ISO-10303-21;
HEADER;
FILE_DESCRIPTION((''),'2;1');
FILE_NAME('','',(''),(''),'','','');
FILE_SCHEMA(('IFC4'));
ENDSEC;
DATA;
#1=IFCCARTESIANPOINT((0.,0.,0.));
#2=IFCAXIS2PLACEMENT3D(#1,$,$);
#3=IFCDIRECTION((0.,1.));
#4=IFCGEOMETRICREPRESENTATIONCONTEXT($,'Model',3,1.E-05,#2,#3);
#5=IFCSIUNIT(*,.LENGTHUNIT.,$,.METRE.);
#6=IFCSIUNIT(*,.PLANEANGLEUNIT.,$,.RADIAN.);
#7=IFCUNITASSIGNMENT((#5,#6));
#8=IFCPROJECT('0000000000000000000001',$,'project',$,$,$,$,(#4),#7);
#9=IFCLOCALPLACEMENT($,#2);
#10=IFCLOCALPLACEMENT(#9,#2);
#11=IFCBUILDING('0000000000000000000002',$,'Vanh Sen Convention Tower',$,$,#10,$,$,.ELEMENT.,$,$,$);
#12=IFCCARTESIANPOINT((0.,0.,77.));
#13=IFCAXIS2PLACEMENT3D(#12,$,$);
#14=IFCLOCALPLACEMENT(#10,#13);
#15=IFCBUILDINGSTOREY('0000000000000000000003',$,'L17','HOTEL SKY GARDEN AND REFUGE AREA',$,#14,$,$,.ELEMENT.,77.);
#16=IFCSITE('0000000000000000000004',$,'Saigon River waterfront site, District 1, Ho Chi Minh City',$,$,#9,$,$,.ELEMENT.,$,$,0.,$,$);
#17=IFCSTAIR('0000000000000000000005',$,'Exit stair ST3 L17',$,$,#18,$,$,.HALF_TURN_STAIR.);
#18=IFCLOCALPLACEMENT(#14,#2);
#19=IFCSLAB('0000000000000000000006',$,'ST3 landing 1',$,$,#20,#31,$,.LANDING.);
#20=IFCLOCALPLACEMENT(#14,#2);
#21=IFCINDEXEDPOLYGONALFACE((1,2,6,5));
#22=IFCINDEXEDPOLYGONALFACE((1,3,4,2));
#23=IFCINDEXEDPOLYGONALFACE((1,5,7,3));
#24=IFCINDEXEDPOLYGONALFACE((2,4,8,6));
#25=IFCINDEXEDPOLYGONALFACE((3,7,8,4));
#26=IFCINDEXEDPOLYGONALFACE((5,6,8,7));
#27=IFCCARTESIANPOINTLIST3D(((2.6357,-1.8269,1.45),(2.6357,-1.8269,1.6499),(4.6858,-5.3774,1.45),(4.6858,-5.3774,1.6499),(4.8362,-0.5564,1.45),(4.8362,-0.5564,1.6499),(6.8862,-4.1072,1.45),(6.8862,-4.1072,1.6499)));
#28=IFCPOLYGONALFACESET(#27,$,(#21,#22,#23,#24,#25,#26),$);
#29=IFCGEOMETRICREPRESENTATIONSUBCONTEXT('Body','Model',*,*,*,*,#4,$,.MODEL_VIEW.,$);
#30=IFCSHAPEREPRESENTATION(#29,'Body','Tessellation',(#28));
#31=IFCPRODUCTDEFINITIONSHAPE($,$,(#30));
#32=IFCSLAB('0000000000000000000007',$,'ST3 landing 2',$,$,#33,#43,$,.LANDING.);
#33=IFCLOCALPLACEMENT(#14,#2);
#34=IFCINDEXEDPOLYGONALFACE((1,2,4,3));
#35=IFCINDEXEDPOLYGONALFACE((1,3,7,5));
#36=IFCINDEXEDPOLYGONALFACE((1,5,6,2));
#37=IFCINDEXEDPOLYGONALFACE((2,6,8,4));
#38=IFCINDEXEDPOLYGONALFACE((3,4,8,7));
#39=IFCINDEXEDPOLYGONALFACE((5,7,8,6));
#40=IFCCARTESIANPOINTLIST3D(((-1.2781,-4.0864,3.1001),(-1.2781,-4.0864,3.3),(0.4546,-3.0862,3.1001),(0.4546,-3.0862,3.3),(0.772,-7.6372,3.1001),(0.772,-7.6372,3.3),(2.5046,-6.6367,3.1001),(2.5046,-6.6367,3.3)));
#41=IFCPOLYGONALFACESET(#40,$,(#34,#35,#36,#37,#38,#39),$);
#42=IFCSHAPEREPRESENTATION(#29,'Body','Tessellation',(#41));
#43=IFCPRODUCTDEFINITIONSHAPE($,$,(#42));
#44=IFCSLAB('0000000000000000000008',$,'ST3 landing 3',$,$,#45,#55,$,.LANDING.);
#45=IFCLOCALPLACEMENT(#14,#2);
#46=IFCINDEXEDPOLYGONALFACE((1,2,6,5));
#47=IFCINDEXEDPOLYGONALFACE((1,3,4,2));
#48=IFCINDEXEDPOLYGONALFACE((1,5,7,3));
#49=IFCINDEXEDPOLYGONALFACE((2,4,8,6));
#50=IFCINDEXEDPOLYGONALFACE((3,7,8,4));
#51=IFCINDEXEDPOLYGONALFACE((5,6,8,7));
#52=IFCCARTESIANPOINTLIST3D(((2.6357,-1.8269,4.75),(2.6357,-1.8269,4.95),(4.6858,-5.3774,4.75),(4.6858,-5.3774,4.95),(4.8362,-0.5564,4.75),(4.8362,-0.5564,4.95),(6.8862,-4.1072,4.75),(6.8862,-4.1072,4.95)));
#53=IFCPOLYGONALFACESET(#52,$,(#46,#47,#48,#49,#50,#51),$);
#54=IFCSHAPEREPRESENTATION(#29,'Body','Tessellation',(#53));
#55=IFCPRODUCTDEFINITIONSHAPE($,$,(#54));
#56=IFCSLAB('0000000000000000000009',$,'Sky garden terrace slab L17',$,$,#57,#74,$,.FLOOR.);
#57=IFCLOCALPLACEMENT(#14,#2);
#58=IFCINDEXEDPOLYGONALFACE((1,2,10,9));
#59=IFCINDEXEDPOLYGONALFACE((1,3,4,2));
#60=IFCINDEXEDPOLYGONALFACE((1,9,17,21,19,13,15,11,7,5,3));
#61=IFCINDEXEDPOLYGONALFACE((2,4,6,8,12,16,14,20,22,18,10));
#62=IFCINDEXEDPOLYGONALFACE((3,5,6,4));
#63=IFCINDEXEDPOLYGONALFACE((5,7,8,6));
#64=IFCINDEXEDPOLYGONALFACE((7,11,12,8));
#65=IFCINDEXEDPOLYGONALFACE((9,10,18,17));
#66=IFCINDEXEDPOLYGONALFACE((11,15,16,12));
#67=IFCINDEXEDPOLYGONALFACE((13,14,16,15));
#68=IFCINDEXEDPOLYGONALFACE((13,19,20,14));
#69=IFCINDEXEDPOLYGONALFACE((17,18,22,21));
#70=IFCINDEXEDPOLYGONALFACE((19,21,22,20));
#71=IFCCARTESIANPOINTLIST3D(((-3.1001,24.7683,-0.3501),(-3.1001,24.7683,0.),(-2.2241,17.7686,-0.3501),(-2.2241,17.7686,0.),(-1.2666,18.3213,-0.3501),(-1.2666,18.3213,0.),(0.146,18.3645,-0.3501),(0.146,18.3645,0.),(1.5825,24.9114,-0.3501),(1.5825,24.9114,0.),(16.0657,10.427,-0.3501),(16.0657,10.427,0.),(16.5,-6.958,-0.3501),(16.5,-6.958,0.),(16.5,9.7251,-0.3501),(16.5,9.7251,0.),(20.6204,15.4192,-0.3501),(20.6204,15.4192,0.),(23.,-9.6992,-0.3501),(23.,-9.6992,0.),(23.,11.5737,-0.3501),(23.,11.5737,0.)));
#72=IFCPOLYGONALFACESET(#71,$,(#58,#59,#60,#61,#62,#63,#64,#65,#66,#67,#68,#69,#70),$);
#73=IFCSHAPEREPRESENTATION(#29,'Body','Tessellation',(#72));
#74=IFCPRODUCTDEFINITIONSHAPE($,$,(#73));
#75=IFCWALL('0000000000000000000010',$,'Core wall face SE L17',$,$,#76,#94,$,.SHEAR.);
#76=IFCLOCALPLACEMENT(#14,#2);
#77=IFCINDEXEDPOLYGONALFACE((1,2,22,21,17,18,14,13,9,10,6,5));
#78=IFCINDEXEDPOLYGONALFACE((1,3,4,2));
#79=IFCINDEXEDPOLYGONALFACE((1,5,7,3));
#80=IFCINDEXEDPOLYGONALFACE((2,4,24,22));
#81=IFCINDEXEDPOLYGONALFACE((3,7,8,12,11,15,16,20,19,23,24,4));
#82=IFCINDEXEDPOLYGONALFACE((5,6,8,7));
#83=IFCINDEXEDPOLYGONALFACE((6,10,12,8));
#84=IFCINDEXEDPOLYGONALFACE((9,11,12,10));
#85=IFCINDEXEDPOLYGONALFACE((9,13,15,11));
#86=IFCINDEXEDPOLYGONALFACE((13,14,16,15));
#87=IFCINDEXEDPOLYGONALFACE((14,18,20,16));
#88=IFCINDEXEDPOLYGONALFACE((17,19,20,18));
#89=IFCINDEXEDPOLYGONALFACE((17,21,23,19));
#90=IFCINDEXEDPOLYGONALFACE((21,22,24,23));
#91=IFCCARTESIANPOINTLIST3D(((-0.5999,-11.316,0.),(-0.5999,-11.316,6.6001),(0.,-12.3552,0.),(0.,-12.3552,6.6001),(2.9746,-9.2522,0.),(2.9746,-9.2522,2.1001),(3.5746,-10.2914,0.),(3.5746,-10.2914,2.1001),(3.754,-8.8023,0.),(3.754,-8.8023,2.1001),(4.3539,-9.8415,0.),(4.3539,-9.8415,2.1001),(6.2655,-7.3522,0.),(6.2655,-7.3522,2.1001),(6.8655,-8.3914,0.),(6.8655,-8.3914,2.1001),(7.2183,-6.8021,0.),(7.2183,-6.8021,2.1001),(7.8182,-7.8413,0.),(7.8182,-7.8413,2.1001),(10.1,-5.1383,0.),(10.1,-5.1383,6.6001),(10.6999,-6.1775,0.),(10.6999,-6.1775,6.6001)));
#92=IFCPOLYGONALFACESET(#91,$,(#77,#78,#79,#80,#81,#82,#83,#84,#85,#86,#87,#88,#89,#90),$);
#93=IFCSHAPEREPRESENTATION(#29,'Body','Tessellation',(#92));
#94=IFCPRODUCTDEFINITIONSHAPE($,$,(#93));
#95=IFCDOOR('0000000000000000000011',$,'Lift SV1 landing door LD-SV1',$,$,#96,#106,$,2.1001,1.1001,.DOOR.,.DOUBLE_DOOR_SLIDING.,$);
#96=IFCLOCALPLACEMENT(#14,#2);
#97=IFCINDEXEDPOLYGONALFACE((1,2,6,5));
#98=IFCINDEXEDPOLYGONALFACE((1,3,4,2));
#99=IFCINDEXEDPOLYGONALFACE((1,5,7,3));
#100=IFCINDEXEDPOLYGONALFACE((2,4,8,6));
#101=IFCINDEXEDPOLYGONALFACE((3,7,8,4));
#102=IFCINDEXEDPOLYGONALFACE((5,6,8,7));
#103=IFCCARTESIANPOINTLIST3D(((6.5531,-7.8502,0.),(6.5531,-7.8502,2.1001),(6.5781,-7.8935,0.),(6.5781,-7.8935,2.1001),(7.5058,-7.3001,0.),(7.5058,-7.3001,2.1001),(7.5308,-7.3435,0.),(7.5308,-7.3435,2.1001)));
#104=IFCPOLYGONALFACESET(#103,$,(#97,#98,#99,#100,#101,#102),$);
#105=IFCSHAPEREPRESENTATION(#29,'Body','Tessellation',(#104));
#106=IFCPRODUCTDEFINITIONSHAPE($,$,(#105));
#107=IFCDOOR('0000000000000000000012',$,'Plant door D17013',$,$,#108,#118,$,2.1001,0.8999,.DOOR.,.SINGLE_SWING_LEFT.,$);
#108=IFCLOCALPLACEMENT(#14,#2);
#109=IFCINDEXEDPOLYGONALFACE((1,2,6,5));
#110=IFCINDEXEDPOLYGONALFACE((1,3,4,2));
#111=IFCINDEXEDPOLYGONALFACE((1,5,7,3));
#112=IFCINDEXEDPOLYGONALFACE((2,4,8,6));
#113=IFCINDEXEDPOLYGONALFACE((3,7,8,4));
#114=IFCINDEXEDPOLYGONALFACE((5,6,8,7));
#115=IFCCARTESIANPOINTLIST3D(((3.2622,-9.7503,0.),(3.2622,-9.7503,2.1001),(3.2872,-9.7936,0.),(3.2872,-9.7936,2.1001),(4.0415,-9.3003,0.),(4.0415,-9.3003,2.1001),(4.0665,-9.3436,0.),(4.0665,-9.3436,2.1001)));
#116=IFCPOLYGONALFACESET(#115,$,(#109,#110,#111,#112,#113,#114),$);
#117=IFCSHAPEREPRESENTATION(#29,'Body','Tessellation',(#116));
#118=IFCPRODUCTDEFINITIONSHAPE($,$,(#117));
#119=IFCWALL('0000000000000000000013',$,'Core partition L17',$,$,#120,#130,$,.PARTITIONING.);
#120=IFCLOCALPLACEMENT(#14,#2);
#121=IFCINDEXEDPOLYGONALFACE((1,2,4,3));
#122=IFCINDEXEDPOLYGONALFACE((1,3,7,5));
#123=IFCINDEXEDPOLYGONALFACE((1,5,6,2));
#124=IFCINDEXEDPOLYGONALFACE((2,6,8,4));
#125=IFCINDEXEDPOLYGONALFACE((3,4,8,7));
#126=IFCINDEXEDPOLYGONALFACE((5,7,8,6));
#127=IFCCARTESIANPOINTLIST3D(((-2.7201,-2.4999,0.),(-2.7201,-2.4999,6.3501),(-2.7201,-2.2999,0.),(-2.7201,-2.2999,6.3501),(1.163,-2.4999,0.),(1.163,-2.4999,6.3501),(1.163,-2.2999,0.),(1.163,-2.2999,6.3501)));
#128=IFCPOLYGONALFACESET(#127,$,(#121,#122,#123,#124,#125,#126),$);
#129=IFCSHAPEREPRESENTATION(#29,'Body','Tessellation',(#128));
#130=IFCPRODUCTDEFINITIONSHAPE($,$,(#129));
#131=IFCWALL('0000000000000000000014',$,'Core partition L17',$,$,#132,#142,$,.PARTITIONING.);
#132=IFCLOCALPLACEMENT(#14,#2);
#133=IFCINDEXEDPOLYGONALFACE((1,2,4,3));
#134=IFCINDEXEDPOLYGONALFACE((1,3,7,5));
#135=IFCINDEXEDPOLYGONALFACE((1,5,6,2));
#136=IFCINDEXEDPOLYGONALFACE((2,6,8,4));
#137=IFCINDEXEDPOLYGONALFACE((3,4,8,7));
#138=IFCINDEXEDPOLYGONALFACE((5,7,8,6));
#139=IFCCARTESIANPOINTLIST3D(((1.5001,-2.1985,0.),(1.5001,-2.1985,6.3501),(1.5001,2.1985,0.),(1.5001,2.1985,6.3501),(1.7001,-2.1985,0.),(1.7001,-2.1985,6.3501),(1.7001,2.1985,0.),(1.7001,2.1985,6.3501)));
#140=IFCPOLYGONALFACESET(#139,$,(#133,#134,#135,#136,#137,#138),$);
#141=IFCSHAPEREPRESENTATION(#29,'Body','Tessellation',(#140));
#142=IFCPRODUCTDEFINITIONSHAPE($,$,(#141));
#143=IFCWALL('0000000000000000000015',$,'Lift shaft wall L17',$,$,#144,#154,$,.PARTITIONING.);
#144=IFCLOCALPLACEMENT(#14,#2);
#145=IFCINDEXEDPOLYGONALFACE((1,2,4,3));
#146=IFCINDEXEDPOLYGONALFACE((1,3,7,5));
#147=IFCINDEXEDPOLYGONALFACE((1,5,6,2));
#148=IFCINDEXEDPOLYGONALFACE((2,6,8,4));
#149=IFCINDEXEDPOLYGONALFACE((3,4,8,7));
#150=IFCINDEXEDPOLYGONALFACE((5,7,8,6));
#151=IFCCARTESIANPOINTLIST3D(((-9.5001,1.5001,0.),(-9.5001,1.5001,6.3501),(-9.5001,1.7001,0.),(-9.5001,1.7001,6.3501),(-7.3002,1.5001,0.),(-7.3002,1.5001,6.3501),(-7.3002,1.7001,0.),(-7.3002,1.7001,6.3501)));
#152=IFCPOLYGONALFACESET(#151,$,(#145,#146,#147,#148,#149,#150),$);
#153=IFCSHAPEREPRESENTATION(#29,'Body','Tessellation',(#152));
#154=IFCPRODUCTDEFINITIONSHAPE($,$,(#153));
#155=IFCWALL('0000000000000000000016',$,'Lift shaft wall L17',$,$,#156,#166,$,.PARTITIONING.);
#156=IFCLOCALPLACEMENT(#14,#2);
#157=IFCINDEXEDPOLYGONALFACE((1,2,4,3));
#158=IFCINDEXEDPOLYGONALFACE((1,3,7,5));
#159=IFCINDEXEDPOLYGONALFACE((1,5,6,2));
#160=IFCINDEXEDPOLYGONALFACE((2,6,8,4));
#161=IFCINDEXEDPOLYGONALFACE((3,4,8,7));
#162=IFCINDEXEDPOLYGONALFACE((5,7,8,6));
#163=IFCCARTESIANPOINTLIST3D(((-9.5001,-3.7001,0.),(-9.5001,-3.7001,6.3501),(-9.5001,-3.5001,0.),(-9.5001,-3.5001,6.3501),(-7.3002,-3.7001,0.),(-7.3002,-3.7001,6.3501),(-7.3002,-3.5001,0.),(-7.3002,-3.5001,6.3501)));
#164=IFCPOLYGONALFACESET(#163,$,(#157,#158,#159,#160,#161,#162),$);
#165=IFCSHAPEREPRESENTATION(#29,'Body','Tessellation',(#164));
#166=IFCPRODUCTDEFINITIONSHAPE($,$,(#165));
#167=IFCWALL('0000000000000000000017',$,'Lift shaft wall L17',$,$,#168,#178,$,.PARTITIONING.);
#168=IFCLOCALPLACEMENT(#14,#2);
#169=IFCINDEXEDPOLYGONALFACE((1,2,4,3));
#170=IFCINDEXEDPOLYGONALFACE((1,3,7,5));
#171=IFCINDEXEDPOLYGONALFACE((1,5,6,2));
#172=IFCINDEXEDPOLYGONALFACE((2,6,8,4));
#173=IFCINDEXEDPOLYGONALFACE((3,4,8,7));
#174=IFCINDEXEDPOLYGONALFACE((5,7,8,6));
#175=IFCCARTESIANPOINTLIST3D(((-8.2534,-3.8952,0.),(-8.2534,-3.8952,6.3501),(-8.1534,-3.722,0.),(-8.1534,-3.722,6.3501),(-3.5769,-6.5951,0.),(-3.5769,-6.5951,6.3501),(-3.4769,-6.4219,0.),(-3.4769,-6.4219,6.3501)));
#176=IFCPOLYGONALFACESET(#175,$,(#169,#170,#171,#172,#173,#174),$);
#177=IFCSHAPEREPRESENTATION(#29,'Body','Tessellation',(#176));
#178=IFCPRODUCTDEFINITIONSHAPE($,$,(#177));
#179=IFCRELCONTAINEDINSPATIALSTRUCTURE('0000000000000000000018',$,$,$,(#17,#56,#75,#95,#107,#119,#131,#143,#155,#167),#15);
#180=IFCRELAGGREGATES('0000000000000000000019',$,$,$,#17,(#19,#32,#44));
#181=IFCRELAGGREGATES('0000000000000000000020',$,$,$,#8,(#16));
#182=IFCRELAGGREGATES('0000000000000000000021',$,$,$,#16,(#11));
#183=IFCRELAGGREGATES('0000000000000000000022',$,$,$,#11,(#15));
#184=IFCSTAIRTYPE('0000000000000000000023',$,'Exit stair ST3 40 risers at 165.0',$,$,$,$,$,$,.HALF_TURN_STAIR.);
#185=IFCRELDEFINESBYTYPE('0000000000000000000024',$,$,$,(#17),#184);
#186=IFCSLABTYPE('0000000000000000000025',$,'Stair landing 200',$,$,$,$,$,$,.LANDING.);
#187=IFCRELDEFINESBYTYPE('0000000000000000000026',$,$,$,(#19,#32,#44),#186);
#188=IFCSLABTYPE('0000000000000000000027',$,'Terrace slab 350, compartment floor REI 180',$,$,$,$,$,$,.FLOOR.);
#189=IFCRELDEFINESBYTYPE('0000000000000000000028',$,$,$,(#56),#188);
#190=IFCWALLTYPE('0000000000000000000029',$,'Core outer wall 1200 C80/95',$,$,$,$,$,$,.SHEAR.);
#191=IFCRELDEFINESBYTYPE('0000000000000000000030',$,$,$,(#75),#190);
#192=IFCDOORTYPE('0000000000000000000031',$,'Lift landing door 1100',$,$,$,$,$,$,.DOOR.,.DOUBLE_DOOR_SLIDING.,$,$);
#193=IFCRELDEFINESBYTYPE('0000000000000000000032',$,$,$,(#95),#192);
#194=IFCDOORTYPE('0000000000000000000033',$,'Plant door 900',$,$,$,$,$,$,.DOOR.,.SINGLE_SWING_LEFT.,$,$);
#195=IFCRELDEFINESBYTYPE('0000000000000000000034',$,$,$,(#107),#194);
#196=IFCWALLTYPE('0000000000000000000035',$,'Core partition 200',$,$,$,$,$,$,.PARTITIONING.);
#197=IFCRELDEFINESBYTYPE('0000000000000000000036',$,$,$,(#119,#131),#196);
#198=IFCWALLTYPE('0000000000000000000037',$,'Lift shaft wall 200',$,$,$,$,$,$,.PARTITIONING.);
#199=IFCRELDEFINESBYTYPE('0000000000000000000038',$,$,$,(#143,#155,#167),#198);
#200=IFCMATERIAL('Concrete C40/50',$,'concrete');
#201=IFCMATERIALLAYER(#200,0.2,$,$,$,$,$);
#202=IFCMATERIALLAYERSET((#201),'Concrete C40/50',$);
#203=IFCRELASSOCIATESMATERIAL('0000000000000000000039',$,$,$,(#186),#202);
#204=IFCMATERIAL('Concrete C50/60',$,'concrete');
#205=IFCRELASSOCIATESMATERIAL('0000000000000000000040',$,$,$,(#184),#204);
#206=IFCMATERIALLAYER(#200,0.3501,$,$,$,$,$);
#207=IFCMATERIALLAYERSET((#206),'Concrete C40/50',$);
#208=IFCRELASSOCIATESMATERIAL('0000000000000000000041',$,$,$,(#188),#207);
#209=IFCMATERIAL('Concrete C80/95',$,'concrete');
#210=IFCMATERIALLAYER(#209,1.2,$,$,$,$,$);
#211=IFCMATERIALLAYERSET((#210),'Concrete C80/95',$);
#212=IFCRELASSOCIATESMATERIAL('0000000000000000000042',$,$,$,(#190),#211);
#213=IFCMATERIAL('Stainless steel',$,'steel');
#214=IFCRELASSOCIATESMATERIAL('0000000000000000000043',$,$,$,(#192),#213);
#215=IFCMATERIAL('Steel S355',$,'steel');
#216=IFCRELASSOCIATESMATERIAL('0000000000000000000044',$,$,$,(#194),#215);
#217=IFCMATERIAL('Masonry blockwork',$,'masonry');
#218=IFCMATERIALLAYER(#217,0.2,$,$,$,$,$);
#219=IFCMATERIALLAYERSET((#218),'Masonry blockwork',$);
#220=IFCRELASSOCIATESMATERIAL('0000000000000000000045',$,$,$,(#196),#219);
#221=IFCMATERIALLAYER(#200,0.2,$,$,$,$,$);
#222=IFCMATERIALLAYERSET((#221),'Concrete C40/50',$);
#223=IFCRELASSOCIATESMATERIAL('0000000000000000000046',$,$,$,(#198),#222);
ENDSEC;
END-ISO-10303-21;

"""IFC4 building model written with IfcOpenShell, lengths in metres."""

from ifc_helpers import new_model, si_unit, direction, frame, frame_2d, origin, place, context, subcontext, project, spatial, polyline, rectangle, outline, extrude, material, layer, layer_set, type_object, element, fill, aggregate, save


model = new_model("IFC4")

# Units and contexts
model_context = context("Model", 3, precision=1e-05, world=origin(), true_north=direction((0.0, 1.0)))
body_context = subcontext(model_context, "Body", "Model", "MODEL_VIEW")
ifc_project = project(units=[si_unit("LENGTHUNIT", "METRE"), si_unit("PLANEANGLEUNIT", "RADIAN")], contexts=[model_context])

# Site, building, storey
site_placement = place(None, origin())
site = spatial("IfcSite", under=ifc_project, at=site_placement, Name="Saigon River waterfront site, District 1, Ho Chi Minh City", CompositionType="ELEMENT", RefElevation=0.0)
building_placement = place(site_placement, origin())
building = spatial("IfcBuilding", under=site, at=building_placement, Name="Vanh Sen Convention Tower", CompositionType="ELEMENT")
storey_placement = place(building_placement, frame((0.0, 0.0, 77.0)))
storey = spatial("IfcBuildingStorey", under=building, at=storey_placement, Name="L17", Description="HOTEL SKY GARDEN AND REFUGE AREA", CompositionType="ELEMENT", Elevation=77.0)

# Shared definitions
ifc_material_1 = material(Name="Concrete C40/50", Category="concrete")

# Stair, slabs
ifc_material_2 = material(Name="Concrete C50/60", Category="concrete")
ifc_layer_1 = layer(ifc_material_1, 0.2)
ifc_layer_set_1 = layer_set([ifc_layer_1], Name="Concrete C40/50")
slab_type_1 = type_object("IfcSlabType", Name="Stair landing 200", PredefinedType="LANDING", material=ifc_layer_set_1)
stair_type_1 = type_object("IfcStairType", Name="Exit stair ST3 40 risers at 165.0", PredefinedType="HALF_TURN_STAIR", material=ifc_material_2)
stair_1_placement = place(storey_placement, origin())
stair_1 = element("IfcStair", 1, at=stair_1_placement, inside=storey, type_object=stair_type_1, Name="Exit stair ST3 L17", PredefinedType="HALF_TURN_STAIR")
slab_1_placement = place(storey_placement, frame((0.0, 0.0, 1.45)))
slab_1 = element("IfcSlab", 2, at=slab_1_placement, type_object=slab_type_1, Name="ST3 landing 1", PredefinedType="LANDING", context=body_context, shape_type="SweptSolid", body=[
    extrude(outline(polyline([(4.6858, -5.3774), (6.8862, -4.1072), (4.8362, -0.5564), (2.6357, -1.8269), (4.6858, -5.3774)])), origin(), (0.0, 0.0, 1.0), 0.2),
])
slab_2_placement = place(storey_placement, frame((0.0, 0.0, 3.1001)))
slab_2 = element("IfcSlab", 3, at=slab_2_placement, type_object=slab_type_1, Name="ST3 landing 2", PredefinedType="LANDING", context=body_context, shape_type="SweptSolid", body=[
    extrude(outline(polyline([(0.772, -7.6372), (2.5046, -6.6367), (0.4546, -3.0862), (-1.2781, -4.0864), (0.772, -7.6372)])), origin(), (0.0, 0.0, 1.0), 0.2),
])
slab_3_placement = place(storey_placement, frame((0.0, 0.0, 4.75)))
slab_3 = element("IfcSlab", 4, at=slab_3_placement, type_object=slab_type_1, Name="ST3 landing 3", PredefinedType="LANDING", context=body_context, shape_type="SweptSolid", body=[
    extrude(outline(polyline([(4.6858, -5.3774), (6.8862, -4.1072), (4.8362, -0.5564), (2.6357, -1.8269), (4.6858, -5.3774)])), origin(), (0.0, 0.0, 1.0), 0.2),
])
aggregate(stair_1, [slab_1, slab_2, slab_3])

# Slab
ifc_layer_2 = layer(ifc_material_1, 0.3501)
ifc_layer_set_2 = layer_set([ifc_layer_2], Name="Concrete C40/50")
slab_type_2 = type_object("IfcSlabType", Name="Terrace slab 350, compartment floor REI 180", PredefinedType="FLOOR", material=ifc_layer_set_2)
slab_4_placement = place(storey_placement, frame((0.0, 0.0, -0.3501)))
element("IfcSlab", 5, at=slab_4_placement, inside=storey, type_object=slab_type_2, Name="Sky garden terrace slab L17", PredefinedType="FLOOR", context=body_context, shape_type="SweptSolid", body=[
    extrude(outline(polyline([(-3.1001, 24.7683), (-2.2241, 17.7686), (-1.2666, 18.3213), (0.146, 18.3645), (16.0657, 10.427), (16.5, 9.7251), (16.5, -6.958), (23.0, -9.6992), (23.0, 11.5737), (20.6204, 15.4192), (1.5825, 24.9114), (-3.1001, 24.7683), (-3.1001, 24.7683)])), origin(), (0.0, 0.0, 1.0), 0.3501),
])

# Wall, openings, doors
ifc_material_3 = material(Name="Concrete C80/95", Category="concrete")
ifc_layer_3 = layer(ifc_material_3, 1.2)
ifc_layer_set_3 = layer_set([ifc_layer_3], Name="Concrete C80/95")
wall_type_1 = type_object("IfcWallType", Name="Core outer wall 1200 C80/95", PredefinedType="SHEAR", material=ifc_layer_set_3)
wall_1_placement = place(storey_placement, frame((-0.3, -11.8357, 0.0), z_axis=(0.0, 0.0, 1.0), x_axis=(0.866021, 0.500007, 0.0)))
wall_1 = element("IfcWall", 6, at=wall_1_placement, inside=storey, type_object=wall_type_1, Name="Core wall face SE L17", PredefinedType="SHEAR", context=body_context, shape_type="SweptSolid", body=[
    extrude(rectangle(XDim=12.3552, YDim=1.2, at=frame_2d((6.1777, 0.0))), origin(), (0.0, 0.0, 1.0), 6.6001),
])
opening_1_placement = place(wall_1_placement, frame((4.1277, 0.0, 0.0)))
opening_1 = element("IfcOpeningElement", 7, at=opening_1_placement, cuts=wall_1, PredefinedType="OPENING", context=body_context, shape_type="SweptSolid", body=[
    extrude(rectangle(XDim=0.8999, YDim=2.1001, at=frame_2d((0.45, 1.05))), frame((0.0, 0.6099, 0.0), z_axis=(0.0, -1.0, 0.0), x_axis=(1.0, 0.0, 0.0)), (0.0, 0.0, 1.0), 1.22),
])
opening_2_placement = place(wall_1_placement, frame((7.9277, 0.0, 0.0)))
opening_2 = element("IfcOpeningElement", 8, at=opening_2_placement, cuts=wall_1, PredefinedType="OPENING", context=body_context, shape_type="SweptSolid", body=[
    extrude(rectangle(XDim=1.1001, YDim=2.1001, at=frame_2d((0.55, 1.05))), frame((0.0, 0.6099, 0.0), z_axis=(0.0, -1.0, 0.0), x_axis=(1.0, 0.0, 0.0)), (0.0, 0.0, 1.0), 1.22),
])
ifc_material_4 = material(Name="Stainless steel", Category="steel")
door_type_1 = type_object("IfcDoorType", Name="Lift landing door 1100", OperationType="DOUBLE_DOOR_SLIDING", PredefinedType="DOOR", material=ifc_material_4)
door_1_placement = place(opening_2_placement, origin())
door_1 = element("IfcDoor", 9, at=door_1_placement, inside=storey, type_object=door_type_1, Name="Lift SV1 landing door LD-SV1", OperationType="DOUBLE_DOOR_SLIDING", OverallHeight=2.1001, OverallWidth=1.1001, PredefinedType="DOOR", context=body_context, shape_type="SweptSolid", body=[
    extrude(rectangle(XDim=1.1001, YDim=2.1001, at=frame_2d((0.55, 1.05))), frame((0.0, 0.0249, 0.0), z_axis=(0.0, -1.0, 0.0), x_axis=(1.0, 0.0, 0.0)), (0.0, 0.0, 1.0), 0.05),
])
fill(opening_2, door_1)
ifc_material_5 = material(Name="Steel S355", Category="steel")
door_type_2 = type_object("IfcDoorType", Name="Plant door 900", OperationType="SINGLE_SWING_LEFT", PredefinedType="DOOR", material=ifc_material_5)
door_2_placement = place(opening_1_placement, origin())
door_2 = element("IfcDoor", 10, at=door_2_placement, inside=storey, type_object=door_type_2, Name="Plant door D17013", OperationType="SINGLE_SWING_LEFT", OverallHeight=2.1001, OverallWidth=0.8999, PredefinedType="DOOR", context=body_context, shape_type="SweptSolid", body=[
    extrude(rectangle(XDim=0.8999, YDim=2.1001, at=frame_2d((0.45, 1.05))), frame((0.0, 0.0249, 0.0), z_axis=(0.0, -1.0, 0.0), x_axis=(1.0, 0.0, 0.0)), (0.0, 0.0, 1.0), 0.05),
])
fill(opening_1, door_2)

# Walls
ifc_material_6 = material(Name="Masonry blockwork", Category="masonry")
ifc_layer_4 = layer(ifc_material_6, 0.2)
ifc_layer_set_4 = layer_set([ifc_layer_4], Name="Masonry blockwork")
wall_type_2 = type_object("IfcWallType", Name="Core partition 200", PredefinedType="PARTITIONING", material=ifc_layer_set_4)
wall_2_placement = place(storey_placement, frame((-2.72, -2.3999, 0.0), z_axis=(0.0, 0.0, 1.0), x_axis=(1.0, 0.0, 0.0)))
element("IfcWall", 11, at=wall_2_placement, inside=storey, type_object=wall_type_2, Name="Core partition L17", PredefinedType="PARTITIONING", context=body_context, shape_type="SweptSolid", body=[
    extrude(rectangle(XDim=3.8831, YDim=0.2, at=frame_2d((1.9414, 0.0))), origin(), (0.0, 0.0, 1.0), 6.3501),
])
wall_3_placement = place(storey_placement, frame((1.6001, -2.1985, 0.0), z_axis=(0.0, 0.0, 1.0), x_axis=(0.0, 1.0, 0.0)))
element("IfcWall", 12, at=wall_3_placement, inside=storey, type_object=wall_type_2, Name="Core partition L17", PredefinedType="PARTITIONING", context=body_context, shape_type="SweptSolid", body=[
    extrude(rectangle(XDim=4.397, YDim=0.2, at=frame_2d((2.1985, 0.0))), origin(), (0.0, 0.0, 1.0), 6.3501),
])
ifc_layer_5 = layer(ifc_material_1, 0.2)
ifc_layer_set_5 = layer_set([ifc_layer_5], Name="Concrete C40/50")
wall_type_3 = type_object("IfcWallType", Name="Lift shaft wall 200", PredefinedType="PARTITIONING", material=ifc_layer_set_5)
for number, where, z_axis, x_axis, name in (
    (13, (-7.3, 1.6001, 0.0), (0.0, 0.0, 1.0), (-1.0, 0.0, 0.0), "Lift shaft wall L17"),
    (14, (-7.3, -3.6001, 0.0), (0.0, 0.0, 1.0), (-1.0, 0.0, 0.0), "Lift shaft wall L17"),
):
    element("IfcWall", number, at=place(storey_placement, frame(where, z_axis=z_axis, x_axis=x_axis)), inside=storey, type_object=wall_type_3, Name=name, PredefinedType="PARTITIONING", context=body_context, shape_type="SweptSolid", body=[
        extrude(rectangle(XDim=2.2, YDim=0.2, at=frame_2d((1.1001, 0.0))), origin(), (0.0, 0.0, 1.0), 6.3501),
    ])
wall_4_placement = place(storey_placement, frame((-8.2034, -3.8086, 0.0), z_axis=(0.0, 0.0, 1.0), x_axis=(0.866028, -0.499995, 0.0)))
element("IfcWall", 15, at=wall_4_placement, inside=storey, type_object=wall_type_3, Name="Lift shaft wall L17", PredefinedType="PARTITIONING", context=body_context, shape_type="SweptSolid", body=[
    extrude(rectangle(XDim=5.3999, YDim=0.2, at=frame_2d((2.7, 0.0))), origin(), (0.0, 0.0, 1.0), 6.3501),
])

save(model, "model.ifc")
